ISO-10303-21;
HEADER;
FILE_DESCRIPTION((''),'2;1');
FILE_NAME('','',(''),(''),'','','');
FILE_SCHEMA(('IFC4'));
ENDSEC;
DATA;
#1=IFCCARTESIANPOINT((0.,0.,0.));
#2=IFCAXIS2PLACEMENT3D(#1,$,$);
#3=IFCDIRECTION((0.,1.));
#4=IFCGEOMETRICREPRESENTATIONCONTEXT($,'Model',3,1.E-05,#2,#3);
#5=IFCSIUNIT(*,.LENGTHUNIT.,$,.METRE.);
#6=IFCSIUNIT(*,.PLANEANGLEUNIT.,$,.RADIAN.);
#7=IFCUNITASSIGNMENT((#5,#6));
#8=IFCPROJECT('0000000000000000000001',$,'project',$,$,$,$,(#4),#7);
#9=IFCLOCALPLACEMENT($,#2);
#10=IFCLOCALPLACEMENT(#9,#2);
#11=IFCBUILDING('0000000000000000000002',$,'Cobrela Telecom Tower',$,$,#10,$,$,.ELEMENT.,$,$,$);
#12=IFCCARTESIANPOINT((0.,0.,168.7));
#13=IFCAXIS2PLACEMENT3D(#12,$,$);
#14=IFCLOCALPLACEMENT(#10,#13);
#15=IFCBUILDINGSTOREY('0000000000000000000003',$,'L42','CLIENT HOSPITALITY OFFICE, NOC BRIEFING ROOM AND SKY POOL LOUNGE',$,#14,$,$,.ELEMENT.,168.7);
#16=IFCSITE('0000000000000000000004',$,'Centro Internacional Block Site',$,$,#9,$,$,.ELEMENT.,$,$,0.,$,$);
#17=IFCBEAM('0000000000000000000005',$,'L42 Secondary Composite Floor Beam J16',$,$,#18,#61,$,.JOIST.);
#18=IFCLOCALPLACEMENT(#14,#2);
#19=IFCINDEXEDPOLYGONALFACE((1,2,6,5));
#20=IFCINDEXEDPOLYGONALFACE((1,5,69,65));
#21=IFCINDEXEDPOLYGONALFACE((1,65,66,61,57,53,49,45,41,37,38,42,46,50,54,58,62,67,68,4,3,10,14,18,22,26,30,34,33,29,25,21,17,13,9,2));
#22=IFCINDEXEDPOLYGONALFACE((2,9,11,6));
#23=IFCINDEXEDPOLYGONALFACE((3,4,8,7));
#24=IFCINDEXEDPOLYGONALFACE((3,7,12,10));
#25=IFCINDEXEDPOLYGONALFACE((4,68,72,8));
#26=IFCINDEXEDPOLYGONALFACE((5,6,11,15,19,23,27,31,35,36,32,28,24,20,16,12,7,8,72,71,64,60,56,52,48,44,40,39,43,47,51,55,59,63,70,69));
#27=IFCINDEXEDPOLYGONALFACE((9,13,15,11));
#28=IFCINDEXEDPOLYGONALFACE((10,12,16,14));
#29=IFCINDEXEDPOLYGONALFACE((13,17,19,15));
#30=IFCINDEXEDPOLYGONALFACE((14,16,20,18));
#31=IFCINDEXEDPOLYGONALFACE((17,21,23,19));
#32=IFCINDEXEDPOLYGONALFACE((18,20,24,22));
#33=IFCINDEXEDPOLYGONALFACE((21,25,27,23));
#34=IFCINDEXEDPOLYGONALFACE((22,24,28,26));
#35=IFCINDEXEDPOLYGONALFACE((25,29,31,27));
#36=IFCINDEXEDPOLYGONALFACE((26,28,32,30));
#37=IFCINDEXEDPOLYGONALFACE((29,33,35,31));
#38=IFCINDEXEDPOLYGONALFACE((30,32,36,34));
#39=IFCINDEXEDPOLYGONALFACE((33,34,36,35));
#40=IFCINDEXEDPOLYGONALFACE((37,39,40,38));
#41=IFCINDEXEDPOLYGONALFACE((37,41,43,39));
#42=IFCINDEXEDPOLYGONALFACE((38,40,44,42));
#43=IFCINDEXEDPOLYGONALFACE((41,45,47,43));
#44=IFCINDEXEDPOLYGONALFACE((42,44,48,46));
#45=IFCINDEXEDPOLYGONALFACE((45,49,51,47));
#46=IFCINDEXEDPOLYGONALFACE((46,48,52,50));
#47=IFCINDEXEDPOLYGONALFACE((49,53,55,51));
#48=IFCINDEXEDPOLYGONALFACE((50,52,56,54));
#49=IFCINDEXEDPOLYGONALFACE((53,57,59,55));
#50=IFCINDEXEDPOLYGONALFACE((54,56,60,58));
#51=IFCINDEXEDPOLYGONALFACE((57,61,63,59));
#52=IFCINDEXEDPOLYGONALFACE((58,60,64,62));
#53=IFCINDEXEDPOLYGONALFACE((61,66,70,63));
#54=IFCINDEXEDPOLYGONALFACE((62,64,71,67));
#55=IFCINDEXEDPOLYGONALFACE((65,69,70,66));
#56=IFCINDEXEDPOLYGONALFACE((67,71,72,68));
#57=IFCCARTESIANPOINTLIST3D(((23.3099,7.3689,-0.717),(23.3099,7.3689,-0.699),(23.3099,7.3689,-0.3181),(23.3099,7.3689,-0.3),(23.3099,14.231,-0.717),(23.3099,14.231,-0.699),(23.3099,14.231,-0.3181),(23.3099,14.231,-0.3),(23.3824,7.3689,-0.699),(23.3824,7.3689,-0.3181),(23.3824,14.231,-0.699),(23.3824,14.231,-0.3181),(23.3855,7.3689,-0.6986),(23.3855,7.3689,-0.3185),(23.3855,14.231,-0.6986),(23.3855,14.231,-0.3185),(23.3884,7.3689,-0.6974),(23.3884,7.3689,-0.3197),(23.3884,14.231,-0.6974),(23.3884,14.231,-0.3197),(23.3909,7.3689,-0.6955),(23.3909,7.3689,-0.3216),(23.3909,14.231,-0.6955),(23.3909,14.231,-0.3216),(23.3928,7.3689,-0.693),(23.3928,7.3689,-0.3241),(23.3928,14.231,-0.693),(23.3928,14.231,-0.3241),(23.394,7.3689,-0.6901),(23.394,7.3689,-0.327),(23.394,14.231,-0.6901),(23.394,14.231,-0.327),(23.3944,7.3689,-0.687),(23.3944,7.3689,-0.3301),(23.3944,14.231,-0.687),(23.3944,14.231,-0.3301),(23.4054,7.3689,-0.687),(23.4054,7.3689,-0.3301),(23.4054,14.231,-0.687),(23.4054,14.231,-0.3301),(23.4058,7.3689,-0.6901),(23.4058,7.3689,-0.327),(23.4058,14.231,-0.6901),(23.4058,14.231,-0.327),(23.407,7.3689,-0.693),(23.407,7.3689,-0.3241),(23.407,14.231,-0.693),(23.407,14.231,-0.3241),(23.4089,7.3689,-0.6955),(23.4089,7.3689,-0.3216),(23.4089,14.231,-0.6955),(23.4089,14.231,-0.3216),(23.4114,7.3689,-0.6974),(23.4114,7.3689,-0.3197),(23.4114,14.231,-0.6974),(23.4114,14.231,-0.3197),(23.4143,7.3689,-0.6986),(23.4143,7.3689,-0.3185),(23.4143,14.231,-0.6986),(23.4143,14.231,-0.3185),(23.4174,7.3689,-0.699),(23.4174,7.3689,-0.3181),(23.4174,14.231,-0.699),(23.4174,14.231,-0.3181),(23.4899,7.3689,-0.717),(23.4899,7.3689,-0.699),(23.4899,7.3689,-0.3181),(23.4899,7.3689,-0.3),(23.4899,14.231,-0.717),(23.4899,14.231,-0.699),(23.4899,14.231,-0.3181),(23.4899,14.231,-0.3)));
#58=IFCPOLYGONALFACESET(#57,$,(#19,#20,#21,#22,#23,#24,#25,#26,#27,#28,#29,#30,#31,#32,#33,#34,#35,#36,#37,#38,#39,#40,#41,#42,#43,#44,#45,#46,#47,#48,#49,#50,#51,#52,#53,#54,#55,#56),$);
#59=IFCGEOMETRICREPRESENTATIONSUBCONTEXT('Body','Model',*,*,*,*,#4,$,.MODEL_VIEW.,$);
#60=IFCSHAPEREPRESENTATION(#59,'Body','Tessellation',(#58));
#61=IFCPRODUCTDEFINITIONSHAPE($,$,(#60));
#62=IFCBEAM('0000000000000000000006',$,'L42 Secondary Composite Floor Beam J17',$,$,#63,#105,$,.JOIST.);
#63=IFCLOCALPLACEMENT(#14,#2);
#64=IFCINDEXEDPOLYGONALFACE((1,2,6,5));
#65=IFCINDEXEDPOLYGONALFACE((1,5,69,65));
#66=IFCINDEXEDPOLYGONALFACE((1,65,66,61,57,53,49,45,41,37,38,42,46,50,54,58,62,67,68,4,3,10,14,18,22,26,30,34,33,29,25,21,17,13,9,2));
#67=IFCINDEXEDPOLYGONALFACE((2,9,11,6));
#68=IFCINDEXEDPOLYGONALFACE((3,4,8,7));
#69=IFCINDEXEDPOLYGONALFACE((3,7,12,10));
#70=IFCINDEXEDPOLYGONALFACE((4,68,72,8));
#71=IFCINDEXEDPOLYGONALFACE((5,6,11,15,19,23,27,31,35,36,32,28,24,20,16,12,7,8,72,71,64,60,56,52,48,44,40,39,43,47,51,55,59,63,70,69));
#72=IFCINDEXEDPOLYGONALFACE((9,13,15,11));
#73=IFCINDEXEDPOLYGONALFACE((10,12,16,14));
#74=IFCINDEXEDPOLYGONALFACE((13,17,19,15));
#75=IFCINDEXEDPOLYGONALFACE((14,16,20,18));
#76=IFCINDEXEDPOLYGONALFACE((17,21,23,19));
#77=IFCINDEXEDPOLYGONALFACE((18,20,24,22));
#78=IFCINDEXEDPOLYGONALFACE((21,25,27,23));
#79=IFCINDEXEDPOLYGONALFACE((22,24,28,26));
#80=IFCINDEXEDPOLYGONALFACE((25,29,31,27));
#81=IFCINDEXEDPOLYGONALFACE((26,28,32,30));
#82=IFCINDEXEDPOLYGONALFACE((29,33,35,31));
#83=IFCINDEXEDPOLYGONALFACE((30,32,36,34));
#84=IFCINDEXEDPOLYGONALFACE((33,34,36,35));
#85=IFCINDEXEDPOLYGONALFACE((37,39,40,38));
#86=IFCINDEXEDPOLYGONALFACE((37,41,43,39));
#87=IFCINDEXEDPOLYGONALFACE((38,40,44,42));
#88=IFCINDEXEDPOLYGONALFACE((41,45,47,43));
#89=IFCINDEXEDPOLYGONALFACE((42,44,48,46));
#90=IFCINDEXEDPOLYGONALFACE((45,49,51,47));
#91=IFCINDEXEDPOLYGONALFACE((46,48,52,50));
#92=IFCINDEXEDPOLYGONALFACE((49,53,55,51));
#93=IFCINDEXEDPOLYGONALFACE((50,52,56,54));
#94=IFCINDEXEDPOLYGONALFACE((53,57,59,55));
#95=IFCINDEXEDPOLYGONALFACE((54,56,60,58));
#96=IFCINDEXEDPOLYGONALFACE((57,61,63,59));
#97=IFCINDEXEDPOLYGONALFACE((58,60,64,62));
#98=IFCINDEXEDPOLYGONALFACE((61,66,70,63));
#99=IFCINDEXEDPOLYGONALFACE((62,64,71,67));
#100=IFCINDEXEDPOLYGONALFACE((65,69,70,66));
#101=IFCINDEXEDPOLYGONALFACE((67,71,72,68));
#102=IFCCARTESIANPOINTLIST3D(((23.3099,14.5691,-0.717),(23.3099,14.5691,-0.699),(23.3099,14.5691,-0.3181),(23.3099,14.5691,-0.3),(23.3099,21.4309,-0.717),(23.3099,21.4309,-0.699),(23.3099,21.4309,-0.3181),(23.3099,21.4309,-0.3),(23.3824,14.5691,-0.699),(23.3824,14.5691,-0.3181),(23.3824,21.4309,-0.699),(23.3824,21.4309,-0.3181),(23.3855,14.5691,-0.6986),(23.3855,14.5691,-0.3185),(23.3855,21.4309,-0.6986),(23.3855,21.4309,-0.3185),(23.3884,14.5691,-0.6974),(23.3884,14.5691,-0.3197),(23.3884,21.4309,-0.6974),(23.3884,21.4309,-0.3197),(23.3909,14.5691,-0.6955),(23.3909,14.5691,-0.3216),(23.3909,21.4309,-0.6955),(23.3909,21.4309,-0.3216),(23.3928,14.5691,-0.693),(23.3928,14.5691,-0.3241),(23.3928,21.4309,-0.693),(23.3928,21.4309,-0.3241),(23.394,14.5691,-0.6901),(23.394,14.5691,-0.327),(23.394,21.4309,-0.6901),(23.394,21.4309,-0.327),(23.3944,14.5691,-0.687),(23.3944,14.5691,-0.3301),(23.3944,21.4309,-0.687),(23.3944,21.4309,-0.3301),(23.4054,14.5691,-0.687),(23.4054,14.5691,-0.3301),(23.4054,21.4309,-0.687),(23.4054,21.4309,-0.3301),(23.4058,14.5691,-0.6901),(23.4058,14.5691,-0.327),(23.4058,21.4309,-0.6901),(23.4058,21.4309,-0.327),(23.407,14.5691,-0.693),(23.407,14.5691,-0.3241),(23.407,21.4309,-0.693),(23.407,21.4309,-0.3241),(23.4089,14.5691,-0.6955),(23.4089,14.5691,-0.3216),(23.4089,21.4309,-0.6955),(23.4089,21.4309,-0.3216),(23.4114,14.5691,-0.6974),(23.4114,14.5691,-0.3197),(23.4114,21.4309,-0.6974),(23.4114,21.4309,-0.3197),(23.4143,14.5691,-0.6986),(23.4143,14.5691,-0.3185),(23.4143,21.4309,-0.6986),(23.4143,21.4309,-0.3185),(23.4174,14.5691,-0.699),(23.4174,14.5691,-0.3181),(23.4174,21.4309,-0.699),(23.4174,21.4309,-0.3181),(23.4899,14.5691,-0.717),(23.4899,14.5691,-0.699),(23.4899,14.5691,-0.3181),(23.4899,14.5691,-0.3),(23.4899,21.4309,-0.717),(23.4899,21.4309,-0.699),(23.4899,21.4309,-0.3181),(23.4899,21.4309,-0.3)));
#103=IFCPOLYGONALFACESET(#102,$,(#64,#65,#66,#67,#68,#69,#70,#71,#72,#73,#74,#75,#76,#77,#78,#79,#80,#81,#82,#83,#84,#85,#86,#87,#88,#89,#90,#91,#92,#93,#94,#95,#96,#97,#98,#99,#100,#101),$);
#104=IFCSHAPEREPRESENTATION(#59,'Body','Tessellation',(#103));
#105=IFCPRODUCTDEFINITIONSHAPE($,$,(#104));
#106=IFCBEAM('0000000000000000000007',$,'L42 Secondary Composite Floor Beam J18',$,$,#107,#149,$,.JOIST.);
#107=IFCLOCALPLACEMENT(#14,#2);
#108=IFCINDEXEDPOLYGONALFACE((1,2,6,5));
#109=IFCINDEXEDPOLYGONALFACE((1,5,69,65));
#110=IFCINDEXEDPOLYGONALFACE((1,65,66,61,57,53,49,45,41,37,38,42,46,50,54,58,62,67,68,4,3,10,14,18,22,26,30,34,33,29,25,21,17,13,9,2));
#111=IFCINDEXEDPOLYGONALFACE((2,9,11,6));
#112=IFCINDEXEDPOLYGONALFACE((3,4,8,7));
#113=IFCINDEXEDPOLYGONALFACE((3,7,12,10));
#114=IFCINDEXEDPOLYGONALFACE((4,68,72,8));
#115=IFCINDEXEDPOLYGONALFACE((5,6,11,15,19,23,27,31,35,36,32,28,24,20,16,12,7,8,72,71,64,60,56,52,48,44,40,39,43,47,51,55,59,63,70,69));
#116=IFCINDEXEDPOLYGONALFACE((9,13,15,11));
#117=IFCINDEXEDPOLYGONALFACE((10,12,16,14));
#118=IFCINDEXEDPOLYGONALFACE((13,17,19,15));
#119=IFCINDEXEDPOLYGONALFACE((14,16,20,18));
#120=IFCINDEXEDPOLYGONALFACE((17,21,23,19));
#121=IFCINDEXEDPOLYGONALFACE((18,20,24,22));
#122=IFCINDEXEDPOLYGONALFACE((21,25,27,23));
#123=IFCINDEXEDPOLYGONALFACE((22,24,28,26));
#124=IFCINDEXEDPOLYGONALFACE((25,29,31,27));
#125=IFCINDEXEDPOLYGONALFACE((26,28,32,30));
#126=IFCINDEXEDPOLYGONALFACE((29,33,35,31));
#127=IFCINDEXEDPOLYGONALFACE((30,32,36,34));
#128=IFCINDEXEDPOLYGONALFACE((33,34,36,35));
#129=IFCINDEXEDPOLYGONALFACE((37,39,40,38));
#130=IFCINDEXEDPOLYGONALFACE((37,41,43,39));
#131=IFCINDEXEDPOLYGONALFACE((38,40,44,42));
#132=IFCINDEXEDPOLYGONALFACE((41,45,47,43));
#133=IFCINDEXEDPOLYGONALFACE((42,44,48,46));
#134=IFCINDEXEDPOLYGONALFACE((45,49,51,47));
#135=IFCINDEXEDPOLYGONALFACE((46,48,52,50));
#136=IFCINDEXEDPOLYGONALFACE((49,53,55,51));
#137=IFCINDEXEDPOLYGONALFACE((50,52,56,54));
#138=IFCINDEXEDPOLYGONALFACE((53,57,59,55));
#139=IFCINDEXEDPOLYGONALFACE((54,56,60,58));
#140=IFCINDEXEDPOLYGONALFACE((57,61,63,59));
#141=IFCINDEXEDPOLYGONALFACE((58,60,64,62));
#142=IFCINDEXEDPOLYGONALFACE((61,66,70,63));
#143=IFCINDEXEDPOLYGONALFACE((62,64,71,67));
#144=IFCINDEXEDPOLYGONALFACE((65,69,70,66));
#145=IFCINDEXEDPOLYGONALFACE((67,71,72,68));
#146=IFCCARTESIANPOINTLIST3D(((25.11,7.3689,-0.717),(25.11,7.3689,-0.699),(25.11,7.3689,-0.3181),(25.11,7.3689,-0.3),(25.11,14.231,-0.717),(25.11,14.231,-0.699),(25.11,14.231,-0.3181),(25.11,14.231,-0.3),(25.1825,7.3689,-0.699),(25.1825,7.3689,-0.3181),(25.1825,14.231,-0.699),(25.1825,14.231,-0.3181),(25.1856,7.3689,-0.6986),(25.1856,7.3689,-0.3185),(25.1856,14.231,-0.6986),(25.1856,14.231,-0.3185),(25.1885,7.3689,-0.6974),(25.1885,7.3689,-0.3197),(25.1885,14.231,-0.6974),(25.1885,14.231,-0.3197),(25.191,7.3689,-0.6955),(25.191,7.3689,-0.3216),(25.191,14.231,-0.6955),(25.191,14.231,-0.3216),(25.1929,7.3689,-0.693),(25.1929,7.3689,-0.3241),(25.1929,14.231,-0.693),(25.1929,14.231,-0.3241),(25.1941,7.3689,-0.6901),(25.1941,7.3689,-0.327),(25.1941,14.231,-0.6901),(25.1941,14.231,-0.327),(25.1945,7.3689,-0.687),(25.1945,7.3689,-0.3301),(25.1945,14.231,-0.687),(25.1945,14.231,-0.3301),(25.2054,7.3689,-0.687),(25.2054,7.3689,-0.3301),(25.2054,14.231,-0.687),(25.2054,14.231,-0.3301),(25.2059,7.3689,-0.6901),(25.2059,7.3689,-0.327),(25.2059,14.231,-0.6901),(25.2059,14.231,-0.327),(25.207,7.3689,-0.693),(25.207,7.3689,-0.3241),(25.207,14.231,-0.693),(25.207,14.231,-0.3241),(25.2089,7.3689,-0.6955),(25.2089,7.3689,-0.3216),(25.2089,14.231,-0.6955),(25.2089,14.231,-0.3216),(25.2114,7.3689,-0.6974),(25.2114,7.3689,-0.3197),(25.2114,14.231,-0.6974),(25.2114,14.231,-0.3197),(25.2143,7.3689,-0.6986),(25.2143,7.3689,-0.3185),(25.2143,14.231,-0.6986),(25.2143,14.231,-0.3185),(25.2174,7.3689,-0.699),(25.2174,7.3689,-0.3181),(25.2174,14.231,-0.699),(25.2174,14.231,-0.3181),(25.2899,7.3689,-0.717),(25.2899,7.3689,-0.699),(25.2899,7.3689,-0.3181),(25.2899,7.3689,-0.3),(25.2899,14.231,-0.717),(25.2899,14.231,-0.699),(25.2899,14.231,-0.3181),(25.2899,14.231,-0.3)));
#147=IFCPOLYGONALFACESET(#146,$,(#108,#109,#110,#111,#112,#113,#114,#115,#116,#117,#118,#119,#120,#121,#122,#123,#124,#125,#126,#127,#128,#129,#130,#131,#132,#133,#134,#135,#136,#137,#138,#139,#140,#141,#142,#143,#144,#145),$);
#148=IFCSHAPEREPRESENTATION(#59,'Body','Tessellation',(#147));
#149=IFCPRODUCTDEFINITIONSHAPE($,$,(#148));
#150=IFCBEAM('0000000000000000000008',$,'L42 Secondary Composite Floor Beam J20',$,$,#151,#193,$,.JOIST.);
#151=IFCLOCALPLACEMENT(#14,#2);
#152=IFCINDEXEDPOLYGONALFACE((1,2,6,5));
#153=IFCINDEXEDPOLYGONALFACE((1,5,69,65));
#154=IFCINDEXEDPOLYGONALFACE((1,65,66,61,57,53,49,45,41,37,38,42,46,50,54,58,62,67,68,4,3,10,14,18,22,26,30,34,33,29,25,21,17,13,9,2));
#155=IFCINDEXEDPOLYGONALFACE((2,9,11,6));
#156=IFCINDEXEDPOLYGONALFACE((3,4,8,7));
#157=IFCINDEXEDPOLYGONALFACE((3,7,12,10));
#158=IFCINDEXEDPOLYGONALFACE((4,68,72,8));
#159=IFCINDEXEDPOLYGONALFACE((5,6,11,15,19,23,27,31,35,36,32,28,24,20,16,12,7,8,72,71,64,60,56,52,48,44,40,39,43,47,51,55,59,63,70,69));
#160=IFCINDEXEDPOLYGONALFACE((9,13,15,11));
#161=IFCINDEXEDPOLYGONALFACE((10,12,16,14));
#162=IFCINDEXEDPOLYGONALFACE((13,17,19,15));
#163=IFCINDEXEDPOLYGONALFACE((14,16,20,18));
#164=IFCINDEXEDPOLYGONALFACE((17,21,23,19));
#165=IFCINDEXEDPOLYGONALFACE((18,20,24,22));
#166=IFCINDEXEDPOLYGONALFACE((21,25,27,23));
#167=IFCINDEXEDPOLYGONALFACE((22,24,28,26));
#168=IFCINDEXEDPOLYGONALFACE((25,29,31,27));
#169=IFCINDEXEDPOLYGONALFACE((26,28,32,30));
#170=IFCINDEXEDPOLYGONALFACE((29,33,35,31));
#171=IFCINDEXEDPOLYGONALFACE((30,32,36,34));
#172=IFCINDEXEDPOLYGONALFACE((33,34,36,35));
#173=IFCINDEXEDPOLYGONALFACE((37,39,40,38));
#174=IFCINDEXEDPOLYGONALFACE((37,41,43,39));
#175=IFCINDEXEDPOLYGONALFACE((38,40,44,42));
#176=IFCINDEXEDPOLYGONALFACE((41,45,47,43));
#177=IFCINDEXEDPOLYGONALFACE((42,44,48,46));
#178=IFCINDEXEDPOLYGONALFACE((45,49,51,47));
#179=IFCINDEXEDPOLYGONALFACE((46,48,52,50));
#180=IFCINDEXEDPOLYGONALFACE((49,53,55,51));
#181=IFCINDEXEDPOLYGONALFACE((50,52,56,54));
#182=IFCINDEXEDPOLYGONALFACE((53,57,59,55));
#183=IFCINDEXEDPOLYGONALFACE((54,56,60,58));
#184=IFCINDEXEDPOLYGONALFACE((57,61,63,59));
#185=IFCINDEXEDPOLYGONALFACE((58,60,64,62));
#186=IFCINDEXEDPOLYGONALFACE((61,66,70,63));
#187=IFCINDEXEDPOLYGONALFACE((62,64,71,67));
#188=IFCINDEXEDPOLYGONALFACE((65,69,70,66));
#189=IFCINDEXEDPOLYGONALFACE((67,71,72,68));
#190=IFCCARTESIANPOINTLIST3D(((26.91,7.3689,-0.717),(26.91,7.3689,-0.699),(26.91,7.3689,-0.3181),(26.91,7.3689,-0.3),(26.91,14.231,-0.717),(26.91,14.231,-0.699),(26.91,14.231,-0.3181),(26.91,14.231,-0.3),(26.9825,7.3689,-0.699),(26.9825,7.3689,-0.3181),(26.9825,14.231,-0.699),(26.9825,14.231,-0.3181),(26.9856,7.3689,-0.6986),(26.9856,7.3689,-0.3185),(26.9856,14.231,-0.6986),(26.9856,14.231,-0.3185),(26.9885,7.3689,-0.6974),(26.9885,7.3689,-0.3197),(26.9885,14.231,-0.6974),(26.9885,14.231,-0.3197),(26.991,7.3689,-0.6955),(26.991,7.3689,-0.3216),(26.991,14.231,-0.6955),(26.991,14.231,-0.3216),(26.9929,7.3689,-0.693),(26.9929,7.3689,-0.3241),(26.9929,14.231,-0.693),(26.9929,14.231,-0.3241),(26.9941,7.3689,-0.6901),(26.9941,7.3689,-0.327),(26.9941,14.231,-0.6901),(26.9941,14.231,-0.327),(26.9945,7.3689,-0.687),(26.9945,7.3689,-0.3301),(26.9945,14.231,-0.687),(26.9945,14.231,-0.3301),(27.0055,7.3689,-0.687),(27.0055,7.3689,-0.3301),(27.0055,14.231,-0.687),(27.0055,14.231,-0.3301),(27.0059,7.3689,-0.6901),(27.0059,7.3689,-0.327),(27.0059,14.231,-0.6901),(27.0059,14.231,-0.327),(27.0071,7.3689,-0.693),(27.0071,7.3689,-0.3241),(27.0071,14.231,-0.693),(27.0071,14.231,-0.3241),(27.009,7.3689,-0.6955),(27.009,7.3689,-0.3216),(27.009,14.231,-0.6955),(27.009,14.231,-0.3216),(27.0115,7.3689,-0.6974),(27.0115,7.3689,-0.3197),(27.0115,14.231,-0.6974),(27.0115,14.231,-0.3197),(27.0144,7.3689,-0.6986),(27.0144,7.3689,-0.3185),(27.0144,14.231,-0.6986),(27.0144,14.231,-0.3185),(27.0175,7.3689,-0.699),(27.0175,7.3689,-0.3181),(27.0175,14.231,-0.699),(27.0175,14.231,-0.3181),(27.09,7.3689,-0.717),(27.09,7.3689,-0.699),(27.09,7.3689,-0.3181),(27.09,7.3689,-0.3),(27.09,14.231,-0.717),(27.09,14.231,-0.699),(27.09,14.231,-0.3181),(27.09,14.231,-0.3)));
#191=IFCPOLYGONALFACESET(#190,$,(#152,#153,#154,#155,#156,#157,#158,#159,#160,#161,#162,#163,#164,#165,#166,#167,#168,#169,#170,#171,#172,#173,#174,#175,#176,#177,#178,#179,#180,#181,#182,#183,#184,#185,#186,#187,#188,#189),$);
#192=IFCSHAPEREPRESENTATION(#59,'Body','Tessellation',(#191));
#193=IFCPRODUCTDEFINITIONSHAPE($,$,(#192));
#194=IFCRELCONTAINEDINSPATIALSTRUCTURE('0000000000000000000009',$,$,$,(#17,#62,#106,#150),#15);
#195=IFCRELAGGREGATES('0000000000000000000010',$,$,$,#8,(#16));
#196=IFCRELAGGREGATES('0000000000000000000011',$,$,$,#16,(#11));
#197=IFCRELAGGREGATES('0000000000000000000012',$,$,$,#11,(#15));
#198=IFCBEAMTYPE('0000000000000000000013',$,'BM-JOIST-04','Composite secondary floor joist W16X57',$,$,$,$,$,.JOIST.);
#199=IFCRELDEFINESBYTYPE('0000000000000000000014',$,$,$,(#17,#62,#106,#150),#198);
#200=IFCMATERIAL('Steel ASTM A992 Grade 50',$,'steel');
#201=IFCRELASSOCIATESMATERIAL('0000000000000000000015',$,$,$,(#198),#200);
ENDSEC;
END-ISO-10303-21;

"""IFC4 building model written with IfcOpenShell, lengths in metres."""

from ifc_helpers import new_model, si_unit, direction, frame, origin, origin_2d, place, context, subcontext, project, spatial, i_section, extrude, material, material_profile, profile_set, type_object, element, save


model = new_model("IFC4")

# Units and contexts
model_context = context("Model", 3, precision=1e-05, world=origin(), true_north=direction((0.0, 1.0)))
body_context = subcontext(model_context, "Body", "Model", "MODEL_VIEW")
ifc_project = project(units=[si_unit("LENGTHUNIT", "METRE"), si_unit("PLANEANGLEUNIT", "RADIAN")], contexts=[model_context])

# Site, building, storey
site_placement = place(None, origin())
site = spatial("IfcSite", under=ifc_project, at=site_placement, Name="Centro Internacional Block Site", CompositionType="ELEMENT", RefElevation=0.0)
building_placement = place(site_placement, origin())
building = spatial("IfcBuilding", under=site, at=building_placement, Name="Cobrela Telecom Tower", CompositionType="ELEMENT")
storey_placement = place(building_placement, frame((0.0, 0.0, 168.7)))
storey = spatial("IfcBuildingStorey", under=building, at=storey_placement, Name="L42", Description="CLIENT HOSPITALITY OFFICE, NOC BRIEFING ROOM AND SKY POOL LOUNGE", CompositionType="ELEMENT", Elevation=168.7)

# Shared definitions
ifc_material_1 = material(Name="Steel ASTM A992 Grade 50", Category="steel")

# Beams
ifc_material_profile_1 = material_profile(ifc_material_1, i_section(OverallWidth=0.1799, OverallDepth=0.417, WebThickness=0.011, FlangeThickness=0.0181, FilletRadius=0.012, at=origin_2d()), Name="W16X57")
ifc_profile_set_1 = profile_set([ifc_material_profile_1], Name="Steel ASTM A992 Grade 50")
beam_type_1 = type_object("IfcBeamType", Name="BM-JOIST-04", Description="Composite secondary floor joist W16X57", PredefinedType="JOIST", material=ifc_profile_set_1)
beam_1_placement = place(storey_placement, frame((23.3999, 7.3689, -0.5085), z_axis=(0.0, 1.0, 0.0), x_axis=(-1.0, 0.0, 0.0)))
element("IfcBeam", 1, at=beam_1_placement, inside=storey, type_object=beam_type_1, Name="L42 Secondary Composite Floor Beam J16", PredefinedType="JOIST", context=body_context, shape_type="SweptSolid", body=[
    extrude(i_section(OverallWidth=0.1799, OverallDepth=0.417, WebThickness=0.011, FlangeThickness=0.0181, FilletRadius=0.012, at=origin_2d()), origin(), (0.0, 0.0, 1.0), 6.8621),
])
beam_2_placement = place(storey_placement, frame((23.3999, 14.5691, -0.5085), z_axis=(0.0, 1.0, 0.0), x_axis=(-1.0, 0.0, 0.0)))
element("IfcBeam", 2, at=beam_2_placement, inside=storey, type_object=beam_type_1, Name="L42 Secondary Composite Floor Beam J17", PredefinedType="JOIST", context=body_context, shape_type="SweptSolid", body=[
    extrude(i_section(OverallWidth=0.1799, OverallDepth=0.417, WebThickness=0.011, FlangeThickness=0.0181, FilletRadius=0.012, at=origin_2d()), origin(), (0.0, 0.0, 1.0), 6.8618),
])
for number, where, z_axis, x_axis, name in (
    (3, (25.2, 7.3689, -0.5085), (0.0, 1.0, 0.0), (-1.0, 0.0, 0.0), "L42 Secondary Composite Floor Beam J18"),
    (4, (27.0, 7.3689, -0.5085), (0.0, 1.0, 0.0), (-1.0, 0.0, 0.0), "L42 Secondary Composite Floor Beam J20"),
):
    element("IfcBeam", number, at=place(storey_placement, frame(where, z_axis=z_axis, x_axis=x_axis)), inside=storey, type_object=beam_type_1, Name=name, PredefinedType="JOIST", context=body_context, shape_type="SweptSolid", body=[
        extrude(i_section(OverallWidth=0.1799, OverallDepth=0.417, WebThickness=0.011, FlangeThickness=0.0181, FilletRadius=0.012, at=origin_2d()), origin(), (0.0, 0.0, 1.0), 6.8621),
    ])

save(model, "model.ifc")
